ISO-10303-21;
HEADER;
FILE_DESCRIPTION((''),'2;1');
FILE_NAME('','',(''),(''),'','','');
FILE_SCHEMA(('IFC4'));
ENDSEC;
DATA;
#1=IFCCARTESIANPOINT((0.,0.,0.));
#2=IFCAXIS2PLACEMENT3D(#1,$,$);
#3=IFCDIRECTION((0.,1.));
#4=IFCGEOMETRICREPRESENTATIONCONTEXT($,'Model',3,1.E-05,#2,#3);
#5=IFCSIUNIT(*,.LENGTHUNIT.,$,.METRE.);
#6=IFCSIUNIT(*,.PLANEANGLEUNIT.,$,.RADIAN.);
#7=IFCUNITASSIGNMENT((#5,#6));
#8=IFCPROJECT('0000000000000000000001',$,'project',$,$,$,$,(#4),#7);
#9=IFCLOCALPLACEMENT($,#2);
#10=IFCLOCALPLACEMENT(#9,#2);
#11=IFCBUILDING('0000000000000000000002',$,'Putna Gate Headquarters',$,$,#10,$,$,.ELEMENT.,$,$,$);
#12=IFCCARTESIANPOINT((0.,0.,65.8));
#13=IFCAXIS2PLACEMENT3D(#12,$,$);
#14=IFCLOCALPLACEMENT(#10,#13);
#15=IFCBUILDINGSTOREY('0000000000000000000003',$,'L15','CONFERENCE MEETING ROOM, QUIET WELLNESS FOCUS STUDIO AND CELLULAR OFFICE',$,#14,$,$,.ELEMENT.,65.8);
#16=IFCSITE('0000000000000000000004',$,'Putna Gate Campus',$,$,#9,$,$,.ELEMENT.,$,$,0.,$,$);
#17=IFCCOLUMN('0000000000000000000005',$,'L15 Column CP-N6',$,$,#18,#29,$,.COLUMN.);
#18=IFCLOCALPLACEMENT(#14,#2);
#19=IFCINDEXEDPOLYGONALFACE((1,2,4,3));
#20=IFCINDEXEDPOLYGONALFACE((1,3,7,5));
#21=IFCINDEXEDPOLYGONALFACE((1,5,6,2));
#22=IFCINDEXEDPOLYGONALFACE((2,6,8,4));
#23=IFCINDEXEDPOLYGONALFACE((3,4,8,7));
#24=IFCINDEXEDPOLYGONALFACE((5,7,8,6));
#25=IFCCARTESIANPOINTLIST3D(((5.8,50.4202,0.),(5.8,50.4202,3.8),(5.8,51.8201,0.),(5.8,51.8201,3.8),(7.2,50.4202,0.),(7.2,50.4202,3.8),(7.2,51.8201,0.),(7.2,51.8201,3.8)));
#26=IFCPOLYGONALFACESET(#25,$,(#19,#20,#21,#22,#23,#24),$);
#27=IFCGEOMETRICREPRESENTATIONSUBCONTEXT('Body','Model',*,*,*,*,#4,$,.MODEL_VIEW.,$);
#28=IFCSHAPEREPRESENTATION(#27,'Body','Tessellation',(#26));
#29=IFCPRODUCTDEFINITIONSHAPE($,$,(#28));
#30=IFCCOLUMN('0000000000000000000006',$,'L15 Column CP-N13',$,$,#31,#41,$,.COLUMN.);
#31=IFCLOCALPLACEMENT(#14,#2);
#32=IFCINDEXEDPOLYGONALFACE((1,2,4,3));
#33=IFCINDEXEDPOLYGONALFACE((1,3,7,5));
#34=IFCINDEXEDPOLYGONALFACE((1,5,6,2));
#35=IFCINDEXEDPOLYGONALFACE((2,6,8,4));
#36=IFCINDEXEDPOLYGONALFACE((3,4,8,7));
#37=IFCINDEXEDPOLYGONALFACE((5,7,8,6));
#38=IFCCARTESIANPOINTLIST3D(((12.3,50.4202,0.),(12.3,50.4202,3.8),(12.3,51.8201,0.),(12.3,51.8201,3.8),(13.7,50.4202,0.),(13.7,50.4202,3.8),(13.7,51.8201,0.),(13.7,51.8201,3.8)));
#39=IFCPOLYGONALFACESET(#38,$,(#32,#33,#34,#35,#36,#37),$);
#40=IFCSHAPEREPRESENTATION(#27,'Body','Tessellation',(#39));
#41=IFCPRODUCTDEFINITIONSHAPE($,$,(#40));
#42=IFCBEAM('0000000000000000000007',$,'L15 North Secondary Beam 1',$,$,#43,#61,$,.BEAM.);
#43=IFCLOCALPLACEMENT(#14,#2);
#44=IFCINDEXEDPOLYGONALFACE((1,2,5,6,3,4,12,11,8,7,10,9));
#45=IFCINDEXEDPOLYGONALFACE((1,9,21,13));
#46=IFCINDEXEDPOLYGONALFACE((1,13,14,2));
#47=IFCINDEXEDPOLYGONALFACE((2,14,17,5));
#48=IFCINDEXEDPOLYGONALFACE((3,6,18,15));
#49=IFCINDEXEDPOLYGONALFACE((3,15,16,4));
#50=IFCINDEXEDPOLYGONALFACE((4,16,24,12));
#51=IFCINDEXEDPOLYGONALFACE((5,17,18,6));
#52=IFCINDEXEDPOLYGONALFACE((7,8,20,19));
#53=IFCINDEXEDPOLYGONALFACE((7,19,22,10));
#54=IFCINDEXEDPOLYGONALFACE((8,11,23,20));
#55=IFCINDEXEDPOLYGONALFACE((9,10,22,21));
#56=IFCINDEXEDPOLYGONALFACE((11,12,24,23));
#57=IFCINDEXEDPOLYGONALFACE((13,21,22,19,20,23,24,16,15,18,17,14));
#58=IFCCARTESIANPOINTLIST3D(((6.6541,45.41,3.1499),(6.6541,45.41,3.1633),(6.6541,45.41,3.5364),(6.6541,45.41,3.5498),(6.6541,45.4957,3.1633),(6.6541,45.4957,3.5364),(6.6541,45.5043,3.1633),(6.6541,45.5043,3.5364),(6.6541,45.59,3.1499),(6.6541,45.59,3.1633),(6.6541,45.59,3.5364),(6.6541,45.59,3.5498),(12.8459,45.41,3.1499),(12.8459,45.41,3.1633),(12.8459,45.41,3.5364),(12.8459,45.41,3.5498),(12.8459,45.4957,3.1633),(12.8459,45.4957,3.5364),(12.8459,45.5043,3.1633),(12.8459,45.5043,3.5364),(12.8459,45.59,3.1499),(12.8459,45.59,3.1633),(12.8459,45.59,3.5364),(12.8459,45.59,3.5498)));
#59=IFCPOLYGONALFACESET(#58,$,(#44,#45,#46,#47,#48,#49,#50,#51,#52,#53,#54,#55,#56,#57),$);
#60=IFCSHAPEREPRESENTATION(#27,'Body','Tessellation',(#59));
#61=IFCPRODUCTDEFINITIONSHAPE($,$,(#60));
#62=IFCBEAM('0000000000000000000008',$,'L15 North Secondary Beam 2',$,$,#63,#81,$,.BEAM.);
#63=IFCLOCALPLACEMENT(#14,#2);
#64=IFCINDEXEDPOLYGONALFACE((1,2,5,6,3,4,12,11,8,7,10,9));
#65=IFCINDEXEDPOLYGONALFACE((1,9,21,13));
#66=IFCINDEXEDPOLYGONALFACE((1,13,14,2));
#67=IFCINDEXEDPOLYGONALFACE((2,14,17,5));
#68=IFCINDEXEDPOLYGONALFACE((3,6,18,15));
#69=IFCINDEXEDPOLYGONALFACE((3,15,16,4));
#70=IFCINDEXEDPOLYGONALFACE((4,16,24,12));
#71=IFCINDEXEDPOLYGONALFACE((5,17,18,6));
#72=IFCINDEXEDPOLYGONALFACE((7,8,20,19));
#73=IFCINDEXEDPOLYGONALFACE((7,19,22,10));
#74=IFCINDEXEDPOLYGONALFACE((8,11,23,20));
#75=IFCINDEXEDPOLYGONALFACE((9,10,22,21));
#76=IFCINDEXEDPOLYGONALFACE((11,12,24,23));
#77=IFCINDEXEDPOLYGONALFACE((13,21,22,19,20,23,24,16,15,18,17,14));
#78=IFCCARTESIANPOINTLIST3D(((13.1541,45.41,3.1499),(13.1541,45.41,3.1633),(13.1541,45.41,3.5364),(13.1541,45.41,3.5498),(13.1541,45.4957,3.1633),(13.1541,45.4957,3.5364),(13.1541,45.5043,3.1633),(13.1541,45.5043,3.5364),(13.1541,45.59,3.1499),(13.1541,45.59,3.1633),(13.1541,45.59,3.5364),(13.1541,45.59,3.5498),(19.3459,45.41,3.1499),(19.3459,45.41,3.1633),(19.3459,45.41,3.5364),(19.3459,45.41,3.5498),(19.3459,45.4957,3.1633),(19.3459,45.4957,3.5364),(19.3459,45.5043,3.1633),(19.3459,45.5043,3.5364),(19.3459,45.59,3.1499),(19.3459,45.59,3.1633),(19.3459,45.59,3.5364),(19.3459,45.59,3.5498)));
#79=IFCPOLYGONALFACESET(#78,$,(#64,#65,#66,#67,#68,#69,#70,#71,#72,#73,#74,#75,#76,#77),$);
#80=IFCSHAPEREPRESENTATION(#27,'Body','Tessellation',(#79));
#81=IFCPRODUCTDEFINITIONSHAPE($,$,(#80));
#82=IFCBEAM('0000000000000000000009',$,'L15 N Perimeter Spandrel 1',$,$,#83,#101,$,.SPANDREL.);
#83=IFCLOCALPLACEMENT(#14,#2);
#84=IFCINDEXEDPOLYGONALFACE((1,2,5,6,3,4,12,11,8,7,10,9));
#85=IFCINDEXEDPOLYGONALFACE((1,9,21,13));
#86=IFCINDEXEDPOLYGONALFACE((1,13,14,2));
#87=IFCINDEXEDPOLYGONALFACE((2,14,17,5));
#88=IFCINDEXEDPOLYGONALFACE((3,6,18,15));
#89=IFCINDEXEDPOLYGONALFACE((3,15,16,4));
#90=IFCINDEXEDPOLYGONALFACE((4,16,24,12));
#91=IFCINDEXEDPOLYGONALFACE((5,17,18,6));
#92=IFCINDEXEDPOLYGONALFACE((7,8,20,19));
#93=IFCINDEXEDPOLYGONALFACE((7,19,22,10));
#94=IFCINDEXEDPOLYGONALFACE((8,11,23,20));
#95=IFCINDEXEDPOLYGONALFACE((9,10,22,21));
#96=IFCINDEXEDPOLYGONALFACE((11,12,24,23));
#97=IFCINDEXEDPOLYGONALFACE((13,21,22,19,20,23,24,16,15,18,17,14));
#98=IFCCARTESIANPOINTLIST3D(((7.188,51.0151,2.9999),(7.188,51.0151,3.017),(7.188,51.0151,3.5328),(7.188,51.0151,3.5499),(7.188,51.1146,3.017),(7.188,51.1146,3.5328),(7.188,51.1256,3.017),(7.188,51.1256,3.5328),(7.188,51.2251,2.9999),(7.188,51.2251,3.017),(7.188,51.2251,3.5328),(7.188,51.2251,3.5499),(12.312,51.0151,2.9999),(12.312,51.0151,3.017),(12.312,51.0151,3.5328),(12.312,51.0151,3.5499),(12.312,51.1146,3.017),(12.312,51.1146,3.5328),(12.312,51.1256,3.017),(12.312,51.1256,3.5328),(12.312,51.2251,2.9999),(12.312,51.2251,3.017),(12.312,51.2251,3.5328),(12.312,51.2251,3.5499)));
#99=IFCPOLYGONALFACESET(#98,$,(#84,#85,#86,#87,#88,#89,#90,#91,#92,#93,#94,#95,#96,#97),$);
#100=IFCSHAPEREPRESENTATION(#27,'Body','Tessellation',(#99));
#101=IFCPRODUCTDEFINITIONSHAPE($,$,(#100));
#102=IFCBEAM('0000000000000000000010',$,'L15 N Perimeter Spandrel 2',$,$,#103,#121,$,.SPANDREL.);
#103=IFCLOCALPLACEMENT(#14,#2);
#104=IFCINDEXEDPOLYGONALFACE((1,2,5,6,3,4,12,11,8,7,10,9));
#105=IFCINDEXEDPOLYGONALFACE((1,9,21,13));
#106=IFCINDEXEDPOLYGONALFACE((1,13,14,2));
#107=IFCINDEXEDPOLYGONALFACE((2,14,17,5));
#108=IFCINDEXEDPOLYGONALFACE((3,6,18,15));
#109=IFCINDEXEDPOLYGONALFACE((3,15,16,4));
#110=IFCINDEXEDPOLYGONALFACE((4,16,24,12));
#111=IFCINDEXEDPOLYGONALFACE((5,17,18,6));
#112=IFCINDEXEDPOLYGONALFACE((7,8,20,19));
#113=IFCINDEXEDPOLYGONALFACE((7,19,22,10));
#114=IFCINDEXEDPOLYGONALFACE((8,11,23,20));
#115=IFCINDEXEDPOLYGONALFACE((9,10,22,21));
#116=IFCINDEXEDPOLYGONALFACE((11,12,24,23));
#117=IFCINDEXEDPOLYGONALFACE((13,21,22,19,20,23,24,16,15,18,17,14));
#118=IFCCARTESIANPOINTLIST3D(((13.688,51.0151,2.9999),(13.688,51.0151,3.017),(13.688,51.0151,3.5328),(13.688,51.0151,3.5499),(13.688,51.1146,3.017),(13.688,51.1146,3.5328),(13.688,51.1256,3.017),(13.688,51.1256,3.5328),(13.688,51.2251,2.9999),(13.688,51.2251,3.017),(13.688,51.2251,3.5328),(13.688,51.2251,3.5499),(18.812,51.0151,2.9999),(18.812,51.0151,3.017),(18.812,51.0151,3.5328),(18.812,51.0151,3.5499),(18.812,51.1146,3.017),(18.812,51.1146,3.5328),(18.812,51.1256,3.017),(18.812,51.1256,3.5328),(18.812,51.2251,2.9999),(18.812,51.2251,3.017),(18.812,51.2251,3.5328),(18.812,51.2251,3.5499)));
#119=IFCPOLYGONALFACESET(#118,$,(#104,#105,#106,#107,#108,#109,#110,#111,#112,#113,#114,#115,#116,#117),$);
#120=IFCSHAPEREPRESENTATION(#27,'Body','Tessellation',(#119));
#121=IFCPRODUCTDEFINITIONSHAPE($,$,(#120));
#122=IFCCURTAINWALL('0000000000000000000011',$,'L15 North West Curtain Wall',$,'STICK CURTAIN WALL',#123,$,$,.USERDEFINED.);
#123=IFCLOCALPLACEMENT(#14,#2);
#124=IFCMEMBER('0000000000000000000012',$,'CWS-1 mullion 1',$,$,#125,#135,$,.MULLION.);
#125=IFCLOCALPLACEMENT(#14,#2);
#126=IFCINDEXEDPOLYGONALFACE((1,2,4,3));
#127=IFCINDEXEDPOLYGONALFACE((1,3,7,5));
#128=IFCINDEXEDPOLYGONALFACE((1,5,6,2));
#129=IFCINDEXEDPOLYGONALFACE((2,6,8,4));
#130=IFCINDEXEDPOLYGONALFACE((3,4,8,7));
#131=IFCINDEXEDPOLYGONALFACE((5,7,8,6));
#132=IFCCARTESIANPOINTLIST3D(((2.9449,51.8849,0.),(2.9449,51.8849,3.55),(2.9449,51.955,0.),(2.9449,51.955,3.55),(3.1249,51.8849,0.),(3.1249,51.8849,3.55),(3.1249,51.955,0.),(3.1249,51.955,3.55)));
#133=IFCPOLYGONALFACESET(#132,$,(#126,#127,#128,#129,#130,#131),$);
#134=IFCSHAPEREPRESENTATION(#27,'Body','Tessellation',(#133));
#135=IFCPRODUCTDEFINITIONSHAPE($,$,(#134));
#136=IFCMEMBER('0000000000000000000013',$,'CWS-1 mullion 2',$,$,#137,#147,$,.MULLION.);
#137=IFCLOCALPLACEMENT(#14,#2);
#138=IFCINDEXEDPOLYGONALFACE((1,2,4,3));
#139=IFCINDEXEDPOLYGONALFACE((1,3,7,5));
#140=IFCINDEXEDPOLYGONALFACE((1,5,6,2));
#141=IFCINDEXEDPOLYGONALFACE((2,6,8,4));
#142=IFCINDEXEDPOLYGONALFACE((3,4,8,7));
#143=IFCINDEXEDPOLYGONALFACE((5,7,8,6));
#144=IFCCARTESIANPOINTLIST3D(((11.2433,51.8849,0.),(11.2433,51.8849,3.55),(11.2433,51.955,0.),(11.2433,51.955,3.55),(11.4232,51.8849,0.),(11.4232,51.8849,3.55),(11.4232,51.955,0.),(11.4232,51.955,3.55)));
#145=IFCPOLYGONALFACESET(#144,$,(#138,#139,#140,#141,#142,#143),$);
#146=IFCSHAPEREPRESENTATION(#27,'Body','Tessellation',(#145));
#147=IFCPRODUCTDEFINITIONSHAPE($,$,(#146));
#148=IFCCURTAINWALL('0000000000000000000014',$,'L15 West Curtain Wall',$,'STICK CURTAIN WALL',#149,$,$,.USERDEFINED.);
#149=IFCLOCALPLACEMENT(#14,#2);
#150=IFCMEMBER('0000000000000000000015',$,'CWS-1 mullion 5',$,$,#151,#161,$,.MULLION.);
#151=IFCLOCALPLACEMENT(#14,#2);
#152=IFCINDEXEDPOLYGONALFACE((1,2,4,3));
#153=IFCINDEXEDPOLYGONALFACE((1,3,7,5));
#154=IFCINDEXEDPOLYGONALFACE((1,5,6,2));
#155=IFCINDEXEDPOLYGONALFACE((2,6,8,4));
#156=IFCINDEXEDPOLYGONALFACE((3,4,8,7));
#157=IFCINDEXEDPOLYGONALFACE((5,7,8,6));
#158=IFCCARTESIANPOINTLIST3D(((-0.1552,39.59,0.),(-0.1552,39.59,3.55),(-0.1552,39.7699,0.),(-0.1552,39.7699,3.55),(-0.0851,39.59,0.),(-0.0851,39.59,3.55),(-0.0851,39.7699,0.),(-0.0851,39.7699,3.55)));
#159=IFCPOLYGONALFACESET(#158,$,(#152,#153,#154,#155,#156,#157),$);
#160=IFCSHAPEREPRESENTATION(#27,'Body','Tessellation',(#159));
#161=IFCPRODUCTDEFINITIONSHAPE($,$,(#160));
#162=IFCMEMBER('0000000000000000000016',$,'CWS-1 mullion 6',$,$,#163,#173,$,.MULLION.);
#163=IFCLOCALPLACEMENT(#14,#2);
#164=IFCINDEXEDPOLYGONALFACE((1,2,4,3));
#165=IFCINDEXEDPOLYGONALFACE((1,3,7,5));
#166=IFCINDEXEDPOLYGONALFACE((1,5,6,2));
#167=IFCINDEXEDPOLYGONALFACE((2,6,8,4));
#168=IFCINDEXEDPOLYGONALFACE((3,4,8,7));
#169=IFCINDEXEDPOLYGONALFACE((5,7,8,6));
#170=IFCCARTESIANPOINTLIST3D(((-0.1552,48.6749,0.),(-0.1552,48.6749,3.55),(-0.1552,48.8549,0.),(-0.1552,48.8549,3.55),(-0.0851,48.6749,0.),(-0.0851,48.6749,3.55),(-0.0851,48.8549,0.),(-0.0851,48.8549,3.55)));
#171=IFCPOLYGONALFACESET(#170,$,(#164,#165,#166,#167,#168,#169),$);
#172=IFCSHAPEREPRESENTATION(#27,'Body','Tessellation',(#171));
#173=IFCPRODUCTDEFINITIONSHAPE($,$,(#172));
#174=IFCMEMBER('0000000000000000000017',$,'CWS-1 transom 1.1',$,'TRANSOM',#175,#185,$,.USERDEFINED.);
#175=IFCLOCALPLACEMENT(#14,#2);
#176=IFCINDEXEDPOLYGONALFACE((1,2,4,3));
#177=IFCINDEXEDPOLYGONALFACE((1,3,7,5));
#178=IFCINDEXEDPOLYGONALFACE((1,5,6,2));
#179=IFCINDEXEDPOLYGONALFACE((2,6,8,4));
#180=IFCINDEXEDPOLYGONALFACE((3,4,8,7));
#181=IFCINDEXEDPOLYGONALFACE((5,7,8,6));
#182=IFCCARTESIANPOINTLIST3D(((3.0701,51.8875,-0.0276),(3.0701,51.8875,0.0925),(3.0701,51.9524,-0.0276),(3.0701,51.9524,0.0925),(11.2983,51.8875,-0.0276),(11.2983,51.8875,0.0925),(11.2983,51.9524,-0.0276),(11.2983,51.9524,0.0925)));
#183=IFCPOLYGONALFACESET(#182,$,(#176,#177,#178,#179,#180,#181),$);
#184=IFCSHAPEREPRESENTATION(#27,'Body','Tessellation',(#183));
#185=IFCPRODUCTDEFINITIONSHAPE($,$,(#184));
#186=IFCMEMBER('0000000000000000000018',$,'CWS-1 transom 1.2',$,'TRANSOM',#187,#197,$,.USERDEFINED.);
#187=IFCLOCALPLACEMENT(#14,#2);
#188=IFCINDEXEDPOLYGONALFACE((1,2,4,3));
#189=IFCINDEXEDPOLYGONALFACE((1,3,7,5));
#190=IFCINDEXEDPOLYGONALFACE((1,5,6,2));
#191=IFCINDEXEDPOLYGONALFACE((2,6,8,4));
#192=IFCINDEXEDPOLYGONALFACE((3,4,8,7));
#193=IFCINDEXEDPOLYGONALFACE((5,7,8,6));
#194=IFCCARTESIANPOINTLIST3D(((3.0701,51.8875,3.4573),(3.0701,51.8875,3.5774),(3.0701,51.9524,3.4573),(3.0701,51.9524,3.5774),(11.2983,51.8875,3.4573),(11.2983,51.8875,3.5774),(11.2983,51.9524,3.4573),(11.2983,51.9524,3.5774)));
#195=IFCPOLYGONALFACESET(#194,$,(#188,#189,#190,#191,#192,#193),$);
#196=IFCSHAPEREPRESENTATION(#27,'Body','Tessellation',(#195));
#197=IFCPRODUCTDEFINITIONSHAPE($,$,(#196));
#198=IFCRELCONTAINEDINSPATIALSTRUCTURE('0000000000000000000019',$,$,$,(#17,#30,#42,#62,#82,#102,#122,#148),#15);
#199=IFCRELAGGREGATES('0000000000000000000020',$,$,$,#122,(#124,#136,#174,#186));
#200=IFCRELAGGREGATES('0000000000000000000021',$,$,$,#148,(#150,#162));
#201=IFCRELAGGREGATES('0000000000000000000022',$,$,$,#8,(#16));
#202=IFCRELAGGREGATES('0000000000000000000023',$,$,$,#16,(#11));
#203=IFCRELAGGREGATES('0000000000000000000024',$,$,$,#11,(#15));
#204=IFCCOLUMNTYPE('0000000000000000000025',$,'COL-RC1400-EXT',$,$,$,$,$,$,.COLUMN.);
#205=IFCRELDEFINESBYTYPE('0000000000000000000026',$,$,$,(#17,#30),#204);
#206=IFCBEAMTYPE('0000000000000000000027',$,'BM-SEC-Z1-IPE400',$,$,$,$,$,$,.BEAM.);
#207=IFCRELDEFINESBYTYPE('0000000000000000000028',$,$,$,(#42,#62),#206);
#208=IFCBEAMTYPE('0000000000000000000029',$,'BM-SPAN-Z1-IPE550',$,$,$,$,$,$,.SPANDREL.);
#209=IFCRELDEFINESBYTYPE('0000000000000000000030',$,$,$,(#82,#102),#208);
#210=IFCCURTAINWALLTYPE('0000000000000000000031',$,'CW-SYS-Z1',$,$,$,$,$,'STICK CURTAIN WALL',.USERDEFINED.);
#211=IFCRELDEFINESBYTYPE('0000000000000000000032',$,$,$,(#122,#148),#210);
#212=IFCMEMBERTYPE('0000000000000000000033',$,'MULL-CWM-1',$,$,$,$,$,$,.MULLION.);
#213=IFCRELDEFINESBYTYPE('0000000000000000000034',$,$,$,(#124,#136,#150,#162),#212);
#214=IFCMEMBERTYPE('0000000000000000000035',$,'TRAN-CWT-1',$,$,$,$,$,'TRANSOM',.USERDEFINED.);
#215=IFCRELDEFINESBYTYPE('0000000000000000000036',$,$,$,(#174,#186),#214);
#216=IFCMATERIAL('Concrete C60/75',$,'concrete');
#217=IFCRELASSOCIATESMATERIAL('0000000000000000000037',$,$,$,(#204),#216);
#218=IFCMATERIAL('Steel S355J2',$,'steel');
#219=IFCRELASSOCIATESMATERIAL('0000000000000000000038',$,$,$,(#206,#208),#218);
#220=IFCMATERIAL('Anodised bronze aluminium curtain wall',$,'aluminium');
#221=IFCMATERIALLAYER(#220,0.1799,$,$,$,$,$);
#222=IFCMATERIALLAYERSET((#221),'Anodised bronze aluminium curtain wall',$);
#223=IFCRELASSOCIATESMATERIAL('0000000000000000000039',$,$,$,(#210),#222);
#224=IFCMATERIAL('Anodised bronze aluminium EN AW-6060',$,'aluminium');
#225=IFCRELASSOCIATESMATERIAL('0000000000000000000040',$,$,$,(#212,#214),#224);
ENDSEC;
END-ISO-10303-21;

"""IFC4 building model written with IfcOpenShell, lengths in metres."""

from ifc_helpers import new_model, si_unit, direction, frame, origin, origin_2d, place, context, subcontext, project, spatial, rectangle, i_section, extrude, material, layer, layer_set, material_profile, profile_set, type_object, element, aggregate, save


model = new_model("IFC4")

# Units and contexts
model_context = context("Model", 3, precision=1e-05, world=origin(), true_north=direction((0.0, 1.0)))
body_context = subcontext(model_context, "Body", "Model", "MODEL_VIEW")
ifc_project = project(units=[si_unit("LENGTHUNIT", "METRE"), si_unit("PLANEANGLEUNIT", "RADIAN")], contexts=[model_context])

# Site, building, storey
site_placement = place(None, origin())
site = spatial("IfcSite", under=ifc_project, at=site_placement, Name="Putna Gate Campus", CompositionType="ELEMENT", RefElevation=0.0)
building_placement = place(site_placement, origin())
building = spatial("IfcBuilding", under=site, at=building_placement, Name="Putna Gate Headquarters", CompositionType="ELEMENT")
storey_placement = place(building_placement, frame((0.0, 0.0, 65.8)))
storey = spatial("IfcBuildingStorey", under=building, at=storey_placement, Name="L15", Description="CONFERENCE MEETING ROOM, QUIET WELLNESS FOCUS STUDIO AND CELLULAR OFFICE", CompositionType="ELEMENT", Elevation=65.8)

# Columns
ifc_material_1 = material(Name="Concrete C60/75", Category="concrete")
ifc_material_profile_1 = material_profile(ifc_material_1, rectangle(XDim=1.3999, YDim=1.3999, at=origin_2d()), Name="Concrete C60/75")
ifc_profile_set_1 = profile_set([ifc_material_profile_1], Name="Concrete C60/75")
column_type = type_object("IfcColumnType", Name="COL-RC1400-EXT", PredefinedType="COLUMN", material=ifc_profile_set_1)
for number, where, z_axis, x_axis, name in (
    (1, (6.5, 51.1201, 0.0), (0.0, 0.0, 1.0), (1.0, 0.0, 0.0), "L15 Column CP-N6"),
    (2, (13.0, 51.1201, 0.0), (0.0, 0.0, 1.0), (1.0, 0.0, 0.0), "L15 Column CP-N13"),
):
    element("IfcColumn", number, at=place(storey_placement, frame(where, z_axis=z_axis, x_axis=x_axis)), inside=storey, type_object=column_type, Name=name, PredefinedType="COLUMN", context=body_context, shape_type="SweptSolid", body=[
        extrude(rectangle(XDim=1.3999, YDim=1.3999, at=origin_2d()), origin(), (0.0, 0.0, 1.0), 3.8),
    ])

# Beams
ifc_material_2 = material(Name="Steel S355J2", Category="steel")
ifc_material_profile_2 = material_profile(ifc_material_2, i_section(OverallWidth=0.1799, OverallDepth=0.3999, WebThickness=0.0085, FlangeThickness=0.0134, at=origin_2d()), Name="Steel S355J2")
ifc_profile_set_2 = profile_set([ifc_material_profile_2], Name="Steel S355J2")
beam_type_1 = type_object("IfcBeamType", Name="BM-SEC-Z1-IPE400", PredefinedType="BEAM", material=ifc_profile_set_2)
for number, where, z_axis, x_axis, name in (
    (3, (6.6541, 45.5, 3.3499), (1.0, 0.0, 0.0), (0.0, 1.0, 0.0), "L15 North Secondary Beam 1"),
    (4, (13.1541, 45.5, 3.3499), (1.0, 0.0, 0.0), (0.0, 1.0, 0.0), "L15 North Secondary Beam 2"),
):
    element("IfcBeam", number, at=place(storey_placement, frame(where, z_axis=z_axis, x_axis=x_axis)), inside=storey, type_object=beam_type_1, Name=name, PredefinedType="BEAM", context=body_context, shape_type="SweptSolid", body=[
        extrude(i_section(OverallWidth=0.1799, OverallDepth=0.3999, WebThickness=0.0085, FlangeThickness=0.0134, at=origin_2d()), origin(), (0.0, 0.0, 1.0), 6.1919),
    ])
ifc_material_profile_3 = material_profile(ifc_material_2, i_section(OverallWidth=0.21, OverallDepth=0.55, WebThickness=0.011, FlangeThickness=0.0171, at=origin_2d()), Name="Steel S355J2")
ifc_profile_set_3 = profile_set([ifc_material_profile_3], Name="Steel S355J2")
beam_type_2 = type_object("IfcBeamType", Name="BM-SPAN-Z1-IPE550", PredefinedType="SPANDREL", material=ifc_profile_set_3)
for number, where, z_axis, x_axis, name in (
    (5, (7.188, 51.1201, 3.2749), (1.0, 0.0, 0.0), (0.0, 1.0, 0.0), "L15 N Perimeter Spandrel 1"),
    (6, (13.688, 51.1201, 3.2749), (1.0, 0.0, 0.0), (0.0, 1.0, 0.0), "L15 N Perimeter Spandrel 2"),
):
    element("IfcBeam", number, at=place(storey_placement, frame(where, z_axis=z_axis, x_axis=x_axis)), inside=storey, type_object=beam_type_2, Name=name, PredefinedType="SPANDREL", context=body_context, shape_type="SweptSolid", body=[
        extrude(i_section(OverallWidth=0.21, OverallDepth=0.55, WebThickness=0.011, FlangeThickness=0.0171, at=origin_2d()), origin(), (0.0, 0.0, 1.0), 5.124),
    ])

# Curtain walls, members
ifc_material_3 = material(Name="Anodised bronze aluminium curtain wall", Category="aluminium")
ifc_layer_1 = layer(ifc_material_3, 0.1799)
ifc_layer_set_1 = layer_set([ifc_layer_1], Name="Anodised bronze aluminium curtain wall")
curtain_wall_type = type_object("IfcCurtainWallType", Name="CW-SYS-Z1", ElementType="STICK CURTAIN WALL", PredefinedType="USERDEFINED", material=ifc_layer_set_1)
curtain_wall_1_placement = place(storey_placement, origin())
curtain_wall_1 = element("IfcCurtainWall", 7, at=curtain_wall_1_placement, inside=storey, type_object=curtain_wall_type, Name="L15 North West Curtain Wall", ObjectType="STICK CURTAIN WALL", PredefinedType="USERDEFINED")
ifc_material_4 = material(Name="Anodised bronze aluminium EN AW-6060", Category="aluminium")
ifc_material_profile_4 = material_profile(ifc_material_4, rectangle(XDim=0.0701, YDim=0.1799, at=origin_2d()), Name="Anodised bronze aluminium EN AW-6060")
ifc_profile_set_4 = profile_set([ifc_material_profile_4], Name="Anodised bronze aluminium EN AW-6060")
member_type_1 = type_object("IfcMemberType", Name="MULL-CWM-1", PredefinedType="MULLION", material=ifc_profile_set_4)
member_1_placement = place(storey_placement, frame((3.0349, 51.9199, 0.0), z_axis=(0.0, 0.0, 1.0), x_axis=(0.0, 1.0, 0.0)))
member_1 = element("IfcMember", 8, at=member_1_placement, type_object=member_type_1, Name="CWS-1 mullion 1", PredefinedType="MULLION", context=body_context, shape_type="SweptSolid", body=[
    extrude(rectangle(XDim=0.0701, YDim=0.1799, at=origin_2d()), origin(), (0.0, 0.0, 1.0), 3.55),
])
member_2_placement = place(storey_placement, frame((11.3333, 51.9199, 0.0), z_axis=(0.0, 0.0, 1.0), x_axis=(0.0, 1.0, 0.0)))
member_2 = element("IfcMember", 9, at=member_2_placement, type_object=member_type_1, Name="CWS-1 mullion 2", PredefinedType="MULLION", context=body_context, shape_type="SweptSolid", body=[
    extrude(rectangle(XDim=0.0701, YDim=0.1799, at=origin_2d()), origin(), (0.0, 0.0, 1.0), 3.55),
])
curtain_wall_2_placement = place(storey_placement, origin())
curtain_wall_2 = element("IfcCurtainWall", 10, at=curtain_wall_2_placement, inside=storey, type_object=curtain_wall_type, Name="L15 West Curtain Wall", ObjectType="STICK CURTAIN WALL", PredefinedType="USERDEFINED")
member_3_placement = place(storey_placement, frame((-0.1201, 39.6799, 0.0), z_axis=(0.0, 0.0, 1.0), x_axis=(-1.0, 0.0, 0.0)))
member_3 = element("IfcMember", 11, at=member_3_placement, type_object=member_type_1, Name="CWS-1 mullion 5", PredefinedType="MULLION", context=body_context, shape_type="SweptSolid", body=[
    extrude(rectangle(XDim=0.0701, YDim=0.1799, at=origin_2d()), origin(), (0.0, 0.0, 1.0), 3.55),
])
member_4_placement = place(storey_placement, frame((-0.1201, 48.7649, 0.0), z_axis=(0.0, 0.0, 1.0), x_axis=(-1.0, 0.0, 0.0)))
member_4 = element("IfcMember", 12, at=member_4_placement, type_object=member_type_1, Name="CWS-1 mullion 6", PredefinedType="MULLION", context=body_context, shape_type="SweptSolid", body=[
    extrude(rectangle(XDim=0.0701, YDim=0.1799, at=origin_2d()), origin(), (0.0, 0.0, 1.0), 3.55),
])

# Members
ifc_material_profile_5 = material_profile(ifc_material_4, rectangle(XDim=0.0649, YDim=0.1201, at=origin_2d()), Name="Anodised bronze aluminium EN AW-6060")
ifc_profile_set_5 = profile_set([ifc_material_profile_5], Name="Anodised bronze aluminium EN AW-6060")
member_type_2 = type_object("IfcMemberType", Name="TRAN-CWT-1", ElementType="TRANSOM", PredefinedType="USERDEFINED", material=ifc_profile_set_5)
member_5_placement = place(storey_placement, frame((3.0701, 51.9199, 0.0325), z_axis=(1.0, 0.0, 0.0), x_axis=(0.0, 1.0, 0.0)))
member_5 = element("IfcMember", 13, at=member_5_placement, type_object=member_type_2, Name="CWS-1 transom 1.1", ObjectType="TRANSOM", PredefinedType="USERDEFINED", context=body_context, shape_type="SweptSolid", body=[
    extrude(rectangle(XDim=0.0649, YDim=0.1201, at=origin_2d()), origin(), (0.0, 0.0, 1.0), 8.2283),
])
member_6_placement = place(storey_placement, frame((3.0701, 51.9199, 3.5173), z_axis=(1.0, 0.0, 0.0), x_axis=(0.0, 1.0, 0.0)))
member_6 = element("IfcMember", 14, at=member_6_placement, type_object=member_type_2, Name="CWS-1 transom 1.2", ObjectType="TRANSOM", PredefinedType="USERDEFINED", context=body_context, shape_type="SweptSolid", body=[
    extrude(rectangle(XDim=0.0649, YDim=0.1201, at=origin_2d()), origin(), (0.0, 0.0, 1.0), 8.2283),
])

aggregate(curtain_wall_1, [member_1, member_2, member_5, member_6])
aggregate(curtain_wall_2, [member_3, member_4])

save(model, "model.ifc")
